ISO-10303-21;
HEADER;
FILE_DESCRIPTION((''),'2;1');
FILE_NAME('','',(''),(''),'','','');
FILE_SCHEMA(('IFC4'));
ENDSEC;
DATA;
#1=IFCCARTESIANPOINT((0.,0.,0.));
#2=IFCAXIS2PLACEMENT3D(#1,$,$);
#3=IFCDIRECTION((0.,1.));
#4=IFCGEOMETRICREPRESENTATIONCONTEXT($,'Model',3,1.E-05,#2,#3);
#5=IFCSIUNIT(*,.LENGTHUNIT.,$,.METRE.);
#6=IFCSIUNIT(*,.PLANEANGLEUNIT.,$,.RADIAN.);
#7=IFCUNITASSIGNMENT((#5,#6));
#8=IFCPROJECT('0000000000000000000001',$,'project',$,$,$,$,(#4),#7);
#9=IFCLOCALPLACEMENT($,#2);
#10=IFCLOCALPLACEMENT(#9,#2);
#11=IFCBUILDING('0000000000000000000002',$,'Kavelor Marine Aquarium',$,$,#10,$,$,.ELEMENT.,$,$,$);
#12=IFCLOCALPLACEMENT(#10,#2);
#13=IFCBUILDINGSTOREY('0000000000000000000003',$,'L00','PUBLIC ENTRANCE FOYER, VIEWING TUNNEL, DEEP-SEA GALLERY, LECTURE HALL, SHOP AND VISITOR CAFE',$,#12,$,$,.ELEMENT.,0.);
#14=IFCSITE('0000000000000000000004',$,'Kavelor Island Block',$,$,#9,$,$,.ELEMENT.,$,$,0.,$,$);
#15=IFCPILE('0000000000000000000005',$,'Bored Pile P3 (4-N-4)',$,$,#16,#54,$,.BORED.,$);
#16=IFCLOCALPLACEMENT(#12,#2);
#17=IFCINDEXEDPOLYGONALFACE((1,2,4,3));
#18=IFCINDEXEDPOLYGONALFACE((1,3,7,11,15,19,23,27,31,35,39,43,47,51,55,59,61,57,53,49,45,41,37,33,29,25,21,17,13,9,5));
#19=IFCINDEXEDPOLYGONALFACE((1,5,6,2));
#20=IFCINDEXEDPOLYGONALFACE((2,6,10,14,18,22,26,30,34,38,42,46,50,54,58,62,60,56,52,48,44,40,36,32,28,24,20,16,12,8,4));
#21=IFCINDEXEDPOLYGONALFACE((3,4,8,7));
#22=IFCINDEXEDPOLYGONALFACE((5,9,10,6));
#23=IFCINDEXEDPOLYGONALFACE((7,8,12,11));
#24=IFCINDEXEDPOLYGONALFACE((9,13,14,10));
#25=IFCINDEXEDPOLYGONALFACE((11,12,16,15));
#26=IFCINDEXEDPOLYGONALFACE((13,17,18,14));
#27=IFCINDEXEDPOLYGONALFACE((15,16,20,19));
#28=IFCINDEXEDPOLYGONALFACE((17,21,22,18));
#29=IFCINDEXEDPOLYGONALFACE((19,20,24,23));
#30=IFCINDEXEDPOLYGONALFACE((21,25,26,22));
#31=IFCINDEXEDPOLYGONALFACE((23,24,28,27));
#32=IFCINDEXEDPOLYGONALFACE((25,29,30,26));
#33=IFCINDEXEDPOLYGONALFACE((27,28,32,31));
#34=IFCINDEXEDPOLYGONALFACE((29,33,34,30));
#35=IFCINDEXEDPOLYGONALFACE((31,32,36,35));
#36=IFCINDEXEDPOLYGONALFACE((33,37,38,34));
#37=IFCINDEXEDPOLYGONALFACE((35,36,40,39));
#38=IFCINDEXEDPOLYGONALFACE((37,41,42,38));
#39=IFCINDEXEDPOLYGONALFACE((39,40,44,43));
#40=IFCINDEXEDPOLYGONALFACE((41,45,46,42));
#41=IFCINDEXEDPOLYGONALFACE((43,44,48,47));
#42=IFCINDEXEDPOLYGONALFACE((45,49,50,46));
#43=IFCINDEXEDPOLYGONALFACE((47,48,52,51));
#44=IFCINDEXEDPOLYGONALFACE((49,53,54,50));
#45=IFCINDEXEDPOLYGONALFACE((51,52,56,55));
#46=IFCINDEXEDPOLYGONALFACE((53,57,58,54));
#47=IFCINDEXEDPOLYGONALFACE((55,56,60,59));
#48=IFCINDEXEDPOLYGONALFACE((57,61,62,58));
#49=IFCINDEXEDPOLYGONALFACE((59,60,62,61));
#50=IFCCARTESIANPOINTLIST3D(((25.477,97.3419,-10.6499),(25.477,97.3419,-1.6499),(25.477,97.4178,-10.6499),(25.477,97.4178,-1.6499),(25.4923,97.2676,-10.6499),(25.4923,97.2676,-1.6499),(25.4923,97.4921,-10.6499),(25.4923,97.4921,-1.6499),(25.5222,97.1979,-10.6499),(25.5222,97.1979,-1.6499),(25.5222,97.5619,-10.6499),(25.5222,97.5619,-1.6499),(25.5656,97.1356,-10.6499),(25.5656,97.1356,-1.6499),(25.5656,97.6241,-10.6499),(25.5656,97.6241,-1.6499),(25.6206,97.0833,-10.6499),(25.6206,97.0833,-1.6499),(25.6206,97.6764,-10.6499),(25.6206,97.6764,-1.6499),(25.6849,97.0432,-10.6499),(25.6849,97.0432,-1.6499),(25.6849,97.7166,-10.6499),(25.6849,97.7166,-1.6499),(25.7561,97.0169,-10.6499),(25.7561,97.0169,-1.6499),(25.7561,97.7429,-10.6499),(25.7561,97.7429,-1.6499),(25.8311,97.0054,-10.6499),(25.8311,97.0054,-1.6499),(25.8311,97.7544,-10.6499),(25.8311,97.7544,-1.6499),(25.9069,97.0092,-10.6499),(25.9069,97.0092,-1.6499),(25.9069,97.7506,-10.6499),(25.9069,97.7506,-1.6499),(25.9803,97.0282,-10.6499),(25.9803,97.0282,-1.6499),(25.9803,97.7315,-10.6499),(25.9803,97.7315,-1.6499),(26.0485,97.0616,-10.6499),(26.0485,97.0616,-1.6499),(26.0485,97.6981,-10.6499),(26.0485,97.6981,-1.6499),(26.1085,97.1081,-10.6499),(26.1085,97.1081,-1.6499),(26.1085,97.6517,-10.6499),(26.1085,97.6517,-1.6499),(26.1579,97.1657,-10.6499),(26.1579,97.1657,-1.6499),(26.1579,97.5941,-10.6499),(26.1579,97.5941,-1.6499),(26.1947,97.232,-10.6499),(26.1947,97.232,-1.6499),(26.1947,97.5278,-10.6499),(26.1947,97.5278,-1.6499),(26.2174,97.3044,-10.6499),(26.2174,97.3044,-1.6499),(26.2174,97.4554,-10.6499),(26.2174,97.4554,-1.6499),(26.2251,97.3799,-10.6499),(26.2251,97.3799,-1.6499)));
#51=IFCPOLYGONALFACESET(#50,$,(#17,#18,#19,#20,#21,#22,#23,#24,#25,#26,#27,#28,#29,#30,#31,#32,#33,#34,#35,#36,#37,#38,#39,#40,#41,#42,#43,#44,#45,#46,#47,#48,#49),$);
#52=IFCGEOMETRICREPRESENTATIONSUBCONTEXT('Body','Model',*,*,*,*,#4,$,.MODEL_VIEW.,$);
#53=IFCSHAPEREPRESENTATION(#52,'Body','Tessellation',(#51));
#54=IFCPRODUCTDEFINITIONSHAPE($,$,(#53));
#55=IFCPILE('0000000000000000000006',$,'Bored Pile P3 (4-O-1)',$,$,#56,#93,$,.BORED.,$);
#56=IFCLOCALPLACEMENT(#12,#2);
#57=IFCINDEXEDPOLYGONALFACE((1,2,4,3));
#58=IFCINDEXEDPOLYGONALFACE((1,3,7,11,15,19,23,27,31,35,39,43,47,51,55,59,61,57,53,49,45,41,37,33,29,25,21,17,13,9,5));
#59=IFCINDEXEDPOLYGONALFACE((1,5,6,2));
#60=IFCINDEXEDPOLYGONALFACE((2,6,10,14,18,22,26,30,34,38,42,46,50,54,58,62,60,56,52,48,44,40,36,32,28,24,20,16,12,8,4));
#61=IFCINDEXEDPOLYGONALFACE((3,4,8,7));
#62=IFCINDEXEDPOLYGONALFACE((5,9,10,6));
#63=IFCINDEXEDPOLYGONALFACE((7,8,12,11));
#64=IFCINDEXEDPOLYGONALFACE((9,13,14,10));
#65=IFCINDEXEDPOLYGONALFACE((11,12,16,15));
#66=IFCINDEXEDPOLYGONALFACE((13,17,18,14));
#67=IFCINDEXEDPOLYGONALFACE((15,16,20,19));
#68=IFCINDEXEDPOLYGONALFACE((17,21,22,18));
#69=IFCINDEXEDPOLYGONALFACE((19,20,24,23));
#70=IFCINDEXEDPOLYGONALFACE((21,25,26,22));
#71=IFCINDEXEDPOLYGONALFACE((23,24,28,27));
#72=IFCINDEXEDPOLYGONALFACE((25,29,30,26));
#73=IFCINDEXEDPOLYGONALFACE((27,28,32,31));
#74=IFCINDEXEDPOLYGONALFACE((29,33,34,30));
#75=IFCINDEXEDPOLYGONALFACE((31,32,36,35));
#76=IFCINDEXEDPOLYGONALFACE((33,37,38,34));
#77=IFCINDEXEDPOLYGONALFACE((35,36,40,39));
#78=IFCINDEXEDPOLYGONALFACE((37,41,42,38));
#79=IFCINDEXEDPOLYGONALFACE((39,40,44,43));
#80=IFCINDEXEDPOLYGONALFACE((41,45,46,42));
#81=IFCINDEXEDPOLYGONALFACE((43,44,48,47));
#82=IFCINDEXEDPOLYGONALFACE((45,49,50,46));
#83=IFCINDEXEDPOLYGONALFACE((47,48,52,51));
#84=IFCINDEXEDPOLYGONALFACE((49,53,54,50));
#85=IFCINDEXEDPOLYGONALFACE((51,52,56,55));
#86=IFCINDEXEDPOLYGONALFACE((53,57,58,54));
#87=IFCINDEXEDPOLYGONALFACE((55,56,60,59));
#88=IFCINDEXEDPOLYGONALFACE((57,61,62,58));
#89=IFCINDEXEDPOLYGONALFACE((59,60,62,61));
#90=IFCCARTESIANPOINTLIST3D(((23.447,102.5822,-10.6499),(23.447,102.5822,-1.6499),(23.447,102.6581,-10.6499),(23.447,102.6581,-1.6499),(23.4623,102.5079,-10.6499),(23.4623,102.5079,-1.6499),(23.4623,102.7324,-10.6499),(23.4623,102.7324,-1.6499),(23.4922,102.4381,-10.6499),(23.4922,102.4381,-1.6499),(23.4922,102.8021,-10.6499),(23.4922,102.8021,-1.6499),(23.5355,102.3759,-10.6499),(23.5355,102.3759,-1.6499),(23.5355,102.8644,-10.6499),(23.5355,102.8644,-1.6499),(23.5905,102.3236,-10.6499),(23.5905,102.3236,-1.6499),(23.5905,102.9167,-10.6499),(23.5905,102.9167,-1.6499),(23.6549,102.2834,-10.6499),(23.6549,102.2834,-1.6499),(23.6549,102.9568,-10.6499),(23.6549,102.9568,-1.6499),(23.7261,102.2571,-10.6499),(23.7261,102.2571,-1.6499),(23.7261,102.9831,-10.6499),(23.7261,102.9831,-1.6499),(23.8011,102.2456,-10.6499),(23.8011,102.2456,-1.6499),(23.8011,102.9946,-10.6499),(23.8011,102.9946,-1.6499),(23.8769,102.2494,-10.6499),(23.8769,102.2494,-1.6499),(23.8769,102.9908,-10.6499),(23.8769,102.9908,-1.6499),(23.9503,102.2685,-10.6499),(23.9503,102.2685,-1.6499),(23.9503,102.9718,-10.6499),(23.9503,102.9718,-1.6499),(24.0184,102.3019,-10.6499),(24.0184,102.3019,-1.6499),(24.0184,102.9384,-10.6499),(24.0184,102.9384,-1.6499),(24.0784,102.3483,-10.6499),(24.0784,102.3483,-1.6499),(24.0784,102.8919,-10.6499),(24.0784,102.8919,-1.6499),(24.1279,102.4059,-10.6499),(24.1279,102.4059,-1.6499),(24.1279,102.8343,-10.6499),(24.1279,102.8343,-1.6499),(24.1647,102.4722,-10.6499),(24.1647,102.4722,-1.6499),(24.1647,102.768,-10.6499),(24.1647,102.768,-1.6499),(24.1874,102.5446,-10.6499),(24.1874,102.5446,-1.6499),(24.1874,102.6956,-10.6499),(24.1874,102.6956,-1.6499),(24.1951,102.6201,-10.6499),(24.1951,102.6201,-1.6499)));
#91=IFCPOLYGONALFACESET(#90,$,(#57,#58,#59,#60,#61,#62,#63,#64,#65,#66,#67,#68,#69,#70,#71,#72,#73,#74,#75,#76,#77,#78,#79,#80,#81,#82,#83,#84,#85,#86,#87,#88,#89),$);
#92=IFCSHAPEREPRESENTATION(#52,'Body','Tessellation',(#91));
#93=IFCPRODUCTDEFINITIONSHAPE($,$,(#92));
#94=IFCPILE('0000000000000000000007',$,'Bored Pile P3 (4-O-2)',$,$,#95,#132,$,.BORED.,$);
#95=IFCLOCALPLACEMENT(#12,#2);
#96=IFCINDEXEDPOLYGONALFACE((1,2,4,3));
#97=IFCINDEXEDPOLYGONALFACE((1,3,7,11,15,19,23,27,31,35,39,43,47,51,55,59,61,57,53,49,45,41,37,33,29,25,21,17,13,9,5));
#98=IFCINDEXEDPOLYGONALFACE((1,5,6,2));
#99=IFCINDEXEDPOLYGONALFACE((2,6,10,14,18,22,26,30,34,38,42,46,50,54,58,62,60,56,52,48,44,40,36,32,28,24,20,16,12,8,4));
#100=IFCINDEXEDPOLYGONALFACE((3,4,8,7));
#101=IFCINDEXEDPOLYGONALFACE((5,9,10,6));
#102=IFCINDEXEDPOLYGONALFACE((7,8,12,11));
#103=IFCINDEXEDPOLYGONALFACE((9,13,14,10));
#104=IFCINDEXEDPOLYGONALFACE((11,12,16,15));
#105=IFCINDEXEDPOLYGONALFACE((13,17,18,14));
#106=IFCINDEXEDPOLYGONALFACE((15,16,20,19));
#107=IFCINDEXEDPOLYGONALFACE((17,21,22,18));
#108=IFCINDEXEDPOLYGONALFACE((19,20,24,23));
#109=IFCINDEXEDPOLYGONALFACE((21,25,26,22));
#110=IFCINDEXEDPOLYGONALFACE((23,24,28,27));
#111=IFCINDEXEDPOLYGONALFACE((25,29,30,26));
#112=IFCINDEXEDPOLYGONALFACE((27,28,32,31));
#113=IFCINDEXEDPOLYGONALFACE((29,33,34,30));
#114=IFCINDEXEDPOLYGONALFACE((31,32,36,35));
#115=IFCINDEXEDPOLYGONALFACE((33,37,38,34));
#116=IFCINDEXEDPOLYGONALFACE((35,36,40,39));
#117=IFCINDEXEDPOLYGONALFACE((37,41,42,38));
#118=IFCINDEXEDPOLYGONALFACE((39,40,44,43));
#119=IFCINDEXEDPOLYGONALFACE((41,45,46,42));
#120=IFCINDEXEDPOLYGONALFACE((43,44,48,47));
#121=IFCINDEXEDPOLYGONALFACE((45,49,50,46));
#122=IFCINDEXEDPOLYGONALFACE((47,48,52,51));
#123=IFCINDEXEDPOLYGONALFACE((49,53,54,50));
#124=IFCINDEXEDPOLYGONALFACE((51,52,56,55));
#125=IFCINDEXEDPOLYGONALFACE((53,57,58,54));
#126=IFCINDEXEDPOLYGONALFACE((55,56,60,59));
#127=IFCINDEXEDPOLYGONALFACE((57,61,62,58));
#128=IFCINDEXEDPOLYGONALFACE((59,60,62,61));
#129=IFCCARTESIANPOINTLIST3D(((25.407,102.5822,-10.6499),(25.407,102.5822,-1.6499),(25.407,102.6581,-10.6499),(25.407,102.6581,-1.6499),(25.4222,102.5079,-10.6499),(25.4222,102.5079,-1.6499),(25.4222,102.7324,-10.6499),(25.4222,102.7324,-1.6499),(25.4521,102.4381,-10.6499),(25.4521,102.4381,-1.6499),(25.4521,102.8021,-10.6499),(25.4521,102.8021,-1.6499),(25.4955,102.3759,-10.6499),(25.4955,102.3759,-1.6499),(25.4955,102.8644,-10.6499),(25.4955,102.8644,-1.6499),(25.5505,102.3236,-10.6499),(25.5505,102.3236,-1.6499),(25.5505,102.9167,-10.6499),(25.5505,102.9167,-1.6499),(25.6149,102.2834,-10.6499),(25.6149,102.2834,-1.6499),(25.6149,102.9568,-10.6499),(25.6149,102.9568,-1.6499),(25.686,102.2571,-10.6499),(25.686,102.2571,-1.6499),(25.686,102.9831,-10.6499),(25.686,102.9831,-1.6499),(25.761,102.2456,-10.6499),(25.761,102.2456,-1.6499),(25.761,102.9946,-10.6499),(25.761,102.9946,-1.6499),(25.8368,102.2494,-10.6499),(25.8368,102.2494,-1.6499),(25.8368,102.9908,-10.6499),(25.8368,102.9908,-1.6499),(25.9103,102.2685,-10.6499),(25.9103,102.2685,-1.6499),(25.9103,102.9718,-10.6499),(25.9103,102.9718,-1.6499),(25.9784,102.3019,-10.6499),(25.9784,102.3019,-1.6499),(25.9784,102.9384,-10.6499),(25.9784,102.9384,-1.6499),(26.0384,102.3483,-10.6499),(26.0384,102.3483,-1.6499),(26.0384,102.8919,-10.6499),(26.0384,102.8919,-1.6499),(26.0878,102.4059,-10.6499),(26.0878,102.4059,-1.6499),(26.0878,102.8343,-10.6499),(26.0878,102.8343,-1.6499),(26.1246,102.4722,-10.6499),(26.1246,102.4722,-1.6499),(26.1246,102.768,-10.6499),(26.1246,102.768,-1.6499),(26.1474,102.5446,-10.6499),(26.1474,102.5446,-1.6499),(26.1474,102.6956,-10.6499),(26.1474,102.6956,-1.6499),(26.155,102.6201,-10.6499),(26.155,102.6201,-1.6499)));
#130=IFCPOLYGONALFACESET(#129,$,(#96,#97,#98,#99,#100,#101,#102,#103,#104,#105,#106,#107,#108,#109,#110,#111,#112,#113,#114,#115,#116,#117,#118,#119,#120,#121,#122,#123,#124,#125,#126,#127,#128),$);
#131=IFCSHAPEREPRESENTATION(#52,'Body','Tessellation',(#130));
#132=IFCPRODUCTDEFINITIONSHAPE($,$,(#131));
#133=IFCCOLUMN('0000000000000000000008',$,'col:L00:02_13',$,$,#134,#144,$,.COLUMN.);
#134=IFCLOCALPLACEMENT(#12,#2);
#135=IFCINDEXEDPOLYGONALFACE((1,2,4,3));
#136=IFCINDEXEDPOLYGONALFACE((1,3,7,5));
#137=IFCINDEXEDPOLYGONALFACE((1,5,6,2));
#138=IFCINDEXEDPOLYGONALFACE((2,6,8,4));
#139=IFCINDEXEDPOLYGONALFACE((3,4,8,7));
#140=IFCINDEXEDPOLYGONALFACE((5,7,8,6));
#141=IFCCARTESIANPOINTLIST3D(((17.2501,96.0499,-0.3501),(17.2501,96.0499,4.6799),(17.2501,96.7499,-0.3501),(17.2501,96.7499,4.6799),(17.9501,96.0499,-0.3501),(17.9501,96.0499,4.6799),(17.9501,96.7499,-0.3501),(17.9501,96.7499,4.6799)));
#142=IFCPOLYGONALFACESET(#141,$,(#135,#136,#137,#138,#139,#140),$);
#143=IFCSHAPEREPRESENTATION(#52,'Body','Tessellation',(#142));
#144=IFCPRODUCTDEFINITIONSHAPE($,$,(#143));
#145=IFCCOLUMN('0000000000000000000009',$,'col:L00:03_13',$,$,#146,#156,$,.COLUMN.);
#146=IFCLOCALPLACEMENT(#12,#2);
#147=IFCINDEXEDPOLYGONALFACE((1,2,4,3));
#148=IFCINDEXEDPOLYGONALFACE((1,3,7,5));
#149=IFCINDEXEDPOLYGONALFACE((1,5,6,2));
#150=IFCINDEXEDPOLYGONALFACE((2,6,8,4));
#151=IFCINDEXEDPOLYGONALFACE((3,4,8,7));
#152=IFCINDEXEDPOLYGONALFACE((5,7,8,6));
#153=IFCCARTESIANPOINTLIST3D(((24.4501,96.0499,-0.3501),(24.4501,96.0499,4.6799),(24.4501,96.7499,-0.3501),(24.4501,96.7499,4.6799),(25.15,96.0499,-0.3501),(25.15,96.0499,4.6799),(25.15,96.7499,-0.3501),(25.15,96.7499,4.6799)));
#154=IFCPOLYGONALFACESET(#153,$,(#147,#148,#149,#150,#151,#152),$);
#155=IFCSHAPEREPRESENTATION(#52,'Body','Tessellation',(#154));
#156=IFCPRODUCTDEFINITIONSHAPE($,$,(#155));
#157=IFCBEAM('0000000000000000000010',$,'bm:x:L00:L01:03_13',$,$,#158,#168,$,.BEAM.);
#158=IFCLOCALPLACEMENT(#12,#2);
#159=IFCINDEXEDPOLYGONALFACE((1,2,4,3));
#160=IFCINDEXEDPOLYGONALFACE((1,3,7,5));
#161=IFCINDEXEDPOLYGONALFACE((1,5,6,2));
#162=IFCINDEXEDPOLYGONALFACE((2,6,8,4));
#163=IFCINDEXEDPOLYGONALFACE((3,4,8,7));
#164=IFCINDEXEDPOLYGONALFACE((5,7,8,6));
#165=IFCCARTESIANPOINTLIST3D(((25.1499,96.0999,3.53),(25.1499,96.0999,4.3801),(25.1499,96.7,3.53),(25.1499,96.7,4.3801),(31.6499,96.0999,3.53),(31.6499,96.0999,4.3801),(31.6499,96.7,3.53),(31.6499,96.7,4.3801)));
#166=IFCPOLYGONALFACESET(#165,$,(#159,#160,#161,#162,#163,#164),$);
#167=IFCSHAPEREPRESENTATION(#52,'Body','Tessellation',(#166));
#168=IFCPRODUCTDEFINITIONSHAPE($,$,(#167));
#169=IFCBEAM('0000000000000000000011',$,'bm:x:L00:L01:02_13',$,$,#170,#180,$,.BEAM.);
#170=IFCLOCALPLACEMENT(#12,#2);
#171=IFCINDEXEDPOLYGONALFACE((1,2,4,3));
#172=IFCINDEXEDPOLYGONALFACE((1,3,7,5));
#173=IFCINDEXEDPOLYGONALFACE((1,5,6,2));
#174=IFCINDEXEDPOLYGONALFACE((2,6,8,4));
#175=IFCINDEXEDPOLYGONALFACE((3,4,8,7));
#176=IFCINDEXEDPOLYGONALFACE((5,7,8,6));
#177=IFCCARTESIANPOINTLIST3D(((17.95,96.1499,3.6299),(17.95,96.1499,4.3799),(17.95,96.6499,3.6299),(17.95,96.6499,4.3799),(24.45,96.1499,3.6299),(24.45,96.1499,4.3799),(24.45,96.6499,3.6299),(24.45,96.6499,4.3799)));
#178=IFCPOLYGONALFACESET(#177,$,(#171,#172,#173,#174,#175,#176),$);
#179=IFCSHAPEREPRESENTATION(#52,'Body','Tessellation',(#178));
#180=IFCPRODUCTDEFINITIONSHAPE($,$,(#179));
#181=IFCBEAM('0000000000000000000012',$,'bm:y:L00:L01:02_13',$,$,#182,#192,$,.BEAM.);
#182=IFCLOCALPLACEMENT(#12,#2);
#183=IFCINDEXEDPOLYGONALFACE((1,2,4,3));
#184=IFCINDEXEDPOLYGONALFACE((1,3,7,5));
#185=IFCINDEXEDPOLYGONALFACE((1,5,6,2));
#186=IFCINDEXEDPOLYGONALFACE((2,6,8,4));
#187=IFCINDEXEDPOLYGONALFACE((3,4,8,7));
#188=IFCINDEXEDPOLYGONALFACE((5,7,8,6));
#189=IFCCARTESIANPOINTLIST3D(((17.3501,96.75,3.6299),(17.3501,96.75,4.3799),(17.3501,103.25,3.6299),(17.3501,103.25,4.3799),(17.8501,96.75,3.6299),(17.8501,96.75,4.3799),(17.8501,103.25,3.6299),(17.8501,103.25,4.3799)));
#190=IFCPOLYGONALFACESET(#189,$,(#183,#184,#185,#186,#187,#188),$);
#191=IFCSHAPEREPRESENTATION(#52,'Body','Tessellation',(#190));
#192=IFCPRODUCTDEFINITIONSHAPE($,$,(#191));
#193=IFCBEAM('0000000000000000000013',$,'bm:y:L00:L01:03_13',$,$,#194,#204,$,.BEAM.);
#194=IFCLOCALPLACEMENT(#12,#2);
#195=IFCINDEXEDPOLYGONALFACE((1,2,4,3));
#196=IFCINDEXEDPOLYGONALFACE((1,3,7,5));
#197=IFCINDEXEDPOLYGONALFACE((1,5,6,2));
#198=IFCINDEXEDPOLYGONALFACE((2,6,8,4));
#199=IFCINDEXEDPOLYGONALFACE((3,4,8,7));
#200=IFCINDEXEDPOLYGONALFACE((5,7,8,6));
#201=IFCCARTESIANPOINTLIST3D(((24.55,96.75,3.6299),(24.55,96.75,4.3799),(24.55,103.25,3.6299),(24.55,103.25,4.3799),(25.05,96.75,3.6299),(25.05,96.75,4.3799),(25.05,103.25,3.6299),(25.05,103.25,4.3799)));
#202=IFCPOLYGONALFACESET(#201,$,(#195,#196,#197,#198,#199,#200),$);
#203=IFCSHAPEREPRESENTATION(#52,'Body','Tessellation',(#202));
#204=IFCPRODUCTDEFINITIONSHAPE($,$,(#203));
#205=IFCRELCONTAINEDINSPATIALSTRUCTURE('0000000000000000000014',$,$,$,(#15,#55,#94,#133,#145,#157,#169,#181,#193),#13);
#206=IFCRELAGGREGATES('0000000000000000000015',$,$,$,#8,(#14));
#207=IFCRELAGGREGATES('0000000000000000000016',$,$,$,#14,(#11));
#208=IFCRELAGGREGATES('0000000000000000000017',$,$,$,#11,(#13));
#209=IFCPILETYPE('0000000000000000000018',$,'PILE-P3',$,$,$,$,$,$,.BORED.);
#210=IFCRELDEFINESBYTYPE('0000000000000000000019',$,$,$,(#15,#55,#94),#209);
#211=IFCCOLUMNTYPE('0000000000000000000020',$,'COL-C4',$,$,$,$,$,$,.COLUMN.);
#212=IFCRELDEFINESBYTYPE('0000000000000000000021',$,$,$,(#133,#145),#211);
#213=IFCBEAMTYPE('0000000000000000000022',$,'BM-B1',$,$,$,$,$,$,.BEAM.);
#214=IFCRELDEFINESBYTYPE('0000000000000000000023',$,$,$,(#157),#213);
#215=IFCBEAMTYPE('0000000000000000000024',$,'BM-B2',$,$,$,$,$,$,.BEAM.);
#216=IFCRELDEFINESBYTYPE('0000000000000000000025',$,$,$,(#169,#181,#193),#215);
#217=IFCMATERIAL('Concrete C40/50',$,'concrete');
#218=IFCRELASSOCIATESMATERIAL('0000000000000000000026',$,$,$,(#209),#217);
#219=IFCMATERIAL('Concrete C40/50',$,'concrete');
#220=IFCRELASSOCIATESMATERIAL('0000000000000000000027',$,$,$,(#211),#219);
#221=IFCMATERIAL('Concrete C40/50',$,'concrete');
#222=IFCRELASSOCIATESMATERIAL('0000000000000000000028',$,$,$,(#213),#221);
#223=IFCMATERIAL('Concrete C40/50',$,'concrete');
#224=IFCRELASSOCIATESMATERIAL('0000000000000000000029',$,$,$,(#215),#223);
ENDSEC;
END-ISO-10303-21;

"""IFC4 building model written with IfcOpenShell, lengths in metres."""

from ifc_helpers import new_model, si_unit, direction, frame, origin, origin_2d, place, context, subcontext, project, spatial, rectangle, circle, extrude, material, material_profile, profile_set, type_object, element, save


model = new_model("IFC4")

# Units and contexts
model_context = context("Model", 3, precision=1e-05, world=origin(), true_north=direction((0.0, 1.0)))
body_context = subcontext(model_context, "Body", "Model", "MODEL_VIEW")
ifc_project = project(units=[si_unit("LENGTHUNIT", "METRE"), si_unit("PLANEANGLEUNIT", "RADIAN")], contexts=[model_context])

# Site, building, storey
site_placement = place(None, origin())
site = spatial("IfcSite", under=ifc_project, at=site_placement, Name="Kavelor Island Block", CompositionType="ELEMENT", RefElevation=0.0)
building_placement = place(site_placement, origin())
building = spatial("IfcBuilding", under=site, at=building_placement, Name="Kavelor Marine Aquarium", CompositionType="ELEMENT")
storey_placement = place(building_placement, origin())
storey = spatial("IfcBuildingStorey", under=building, at=storey_placement, Name="L00", Description="PUBLIC ENTRANCE FOYER, VIEWING TUNNEL, DEEP-SEA GALLERY, LECTURE HALL, SHOP AND VISITOR CAFE", CompositionType="ELEMENT", Elevation=0.0)

# Piles
ifc_material_1 = material(Name="Concrete C40/50", Category="concrete")
ifc_material_profile_1 = material_profile(ifc_material_1, circle(Radius=0.375, at=origin_2d()), Name="PILE D750")
ifc_profile_set_1 = profile_set([ifc_material_profile_1], Name="Concrete C40/50")
pile_type_1 = type_object("IfcPileType", Name="PILE-P3", PredefinedType="BORED", material=ifc_profile_set_1)
for number, where, z_axis, x_axis, name in (
    (1, (25.8501, 97.3799, -1.6499), (0.0, 0.0, -1.0), (1.0, 0.0, 0.0), "Bored Pile P3 (4-N-4)"),
    (2, (23.8201, 102.6201, -1.6499), (0.0, 0.0, -1.0), (1.0, 0.0, 0.0), "Bored Pile P3 (4-O-1)"),
    (3, (25.78, 102.6201, -1.6499), (0.0, 0.0, -1.0), (1.0, 0.0, 0.0), "Bored Pile P3 (4-O-2)"),
):
    element("IfcPile", number, at=place(storey_placement, frame(where, z_axis=z_axis, x_axis=x_axis)), inside=storey, type_object=pile_type_1, Name=name, PredefinedType="BORED", context=body_context, shape_type="SweptSolid", body=[
        extrude(circle(Radius=0.375, at=origin_2d()), origin(), (0.0, 0.0, 1.0), 9.0),
    ])

# Columns
ifc_material_2 = material(Name="Concrete C40/50", Category="concrete")
ifc_material_profile_2 = material_profile(ifc_material_2, rectangle(XDim=0.7, YDim=0.7, at=origin_2d()), Name="RC-COL 700x700")
ifc_profile_set_2 = profile_set([ifc_material_profile_2], Name="Concrete C40/50")
column_type = type_object("IfcColumnType", Name="COL-C4", PredefinedType="COLUMN", material=ifc_profile_set_2)
for number, where, z_axis, x_axis, name in (
    (4, (17.6001, 96.3999, -0.3501), (0.0, 0.0, 1.0), (1.0, 0.0, 0.0), "col:L00:02_13"),
    (5, (24.8, 96.3999, -0.3501), (0.0, 0.0, 1.0), (1.0, 0.0, 0.0), "col:L00:03_13"),
):
    element("IfcColumn", number, at=place(storey_placement, frame(where, z_axis=z_axis, x_axis=x_axis)), inside=storey, type_object=column_type, Name=name, PredefinedType="COLUMN", context=body_context, shape_type="SweptSolid", body=[
        extrude(rectangle(XDim=0.7, YDim=0.7, at=origin_2d()), origin(), (0.0, 0.0, 1.0), 5.03),
    ])

# Beams
ifc_material_3 = material(Name="Concrete C40/50", Category="concrete")
ifc_material_profile_3 = material_profile(ifc_material_3, rectangle(XDim=0.6001, YDim=0.8501, at=origin_2d()), Name="RC-BM 600x850")
ifc_profile_set_3 = profile_set([ifc_material_profile_3], Name="Concrete C40/50")
beam_type_1 = type_object("IfcBeamType", Name="BM-B1", PredefinedType="BEAM", material=ifc_profile_set_3)
beam_1_placement = place(storey_placement, frame((25.1499, 96.3999, 3.9551), z_axis=(1.0, 0.0, 0.0), x_axis=(0.0, 1.0, 0.0)))
element("IfcBeam", 6, at=beam_1_placement, inside=storey, type_object=beam_type_1, Name="bm:x:L00:L01:03_13", PredefinedType="BEAM", context=body_context, shape_type="SweptSolid", body=[
    extrude(rectangle(XDim=0.6001, YDim=0.8501, at=origin_2d()), origin(), (0.0, 0.0, 1.0), 6.5),
])
ifc_material_4 = material(Name="Concrete C40/50", Category="concrete")
ifc_material_profile_4 = material_profile(ifc_material_4, rectangle(XDim=0.5, YDim=0.75, at=origin_2d()), Name="RC-BM 500x750")
ifc_profile_set_4 = profile_set([ifc_material_profile_4], Name="Concrete C40/50")
beam_type_2 = type_object("IfcBeamType", Name="BM-B2", PredefinedType="BEAM", material=ifc_profile_set_4)
for number, where, z_axis, x_axis, name in (
    (7, (17.95, 96.3999, 4.0049), (1.0, 0.0, 0.0), (0.0, 1.0, 0.0), "bm:x:L00:L01:02_13"),
    (8, (17.6001, 96.75, 4.0049), (0.0, 1.0, 0.0), (-1.0, 0.0, 0.0), "bm:y:L00:L01:02_13"),
    (9, (24.8, 96.75, 4.0049), (0.0, 1.0, 0.0), (-1.0, 0.0, 0.0), "bm:y:L00:L01:03_13"),
):
    element("IfcBeam", number, at=place(storey_placement, frame(where, z_axis=z_axis, x_axis=x_axis)), inside=storey, type_object=beam_type_2, Name=name, PredefinedType="BEAM", context=body_context, shape_type="SweptSolid", body=[
        extrude(rectangle(XDim=0.5, YDim=0.75, at=origin_2d()), origin(), (0.0, 0.0, 1.0), 6.5),
    ])

save(model, "model.ifc")
